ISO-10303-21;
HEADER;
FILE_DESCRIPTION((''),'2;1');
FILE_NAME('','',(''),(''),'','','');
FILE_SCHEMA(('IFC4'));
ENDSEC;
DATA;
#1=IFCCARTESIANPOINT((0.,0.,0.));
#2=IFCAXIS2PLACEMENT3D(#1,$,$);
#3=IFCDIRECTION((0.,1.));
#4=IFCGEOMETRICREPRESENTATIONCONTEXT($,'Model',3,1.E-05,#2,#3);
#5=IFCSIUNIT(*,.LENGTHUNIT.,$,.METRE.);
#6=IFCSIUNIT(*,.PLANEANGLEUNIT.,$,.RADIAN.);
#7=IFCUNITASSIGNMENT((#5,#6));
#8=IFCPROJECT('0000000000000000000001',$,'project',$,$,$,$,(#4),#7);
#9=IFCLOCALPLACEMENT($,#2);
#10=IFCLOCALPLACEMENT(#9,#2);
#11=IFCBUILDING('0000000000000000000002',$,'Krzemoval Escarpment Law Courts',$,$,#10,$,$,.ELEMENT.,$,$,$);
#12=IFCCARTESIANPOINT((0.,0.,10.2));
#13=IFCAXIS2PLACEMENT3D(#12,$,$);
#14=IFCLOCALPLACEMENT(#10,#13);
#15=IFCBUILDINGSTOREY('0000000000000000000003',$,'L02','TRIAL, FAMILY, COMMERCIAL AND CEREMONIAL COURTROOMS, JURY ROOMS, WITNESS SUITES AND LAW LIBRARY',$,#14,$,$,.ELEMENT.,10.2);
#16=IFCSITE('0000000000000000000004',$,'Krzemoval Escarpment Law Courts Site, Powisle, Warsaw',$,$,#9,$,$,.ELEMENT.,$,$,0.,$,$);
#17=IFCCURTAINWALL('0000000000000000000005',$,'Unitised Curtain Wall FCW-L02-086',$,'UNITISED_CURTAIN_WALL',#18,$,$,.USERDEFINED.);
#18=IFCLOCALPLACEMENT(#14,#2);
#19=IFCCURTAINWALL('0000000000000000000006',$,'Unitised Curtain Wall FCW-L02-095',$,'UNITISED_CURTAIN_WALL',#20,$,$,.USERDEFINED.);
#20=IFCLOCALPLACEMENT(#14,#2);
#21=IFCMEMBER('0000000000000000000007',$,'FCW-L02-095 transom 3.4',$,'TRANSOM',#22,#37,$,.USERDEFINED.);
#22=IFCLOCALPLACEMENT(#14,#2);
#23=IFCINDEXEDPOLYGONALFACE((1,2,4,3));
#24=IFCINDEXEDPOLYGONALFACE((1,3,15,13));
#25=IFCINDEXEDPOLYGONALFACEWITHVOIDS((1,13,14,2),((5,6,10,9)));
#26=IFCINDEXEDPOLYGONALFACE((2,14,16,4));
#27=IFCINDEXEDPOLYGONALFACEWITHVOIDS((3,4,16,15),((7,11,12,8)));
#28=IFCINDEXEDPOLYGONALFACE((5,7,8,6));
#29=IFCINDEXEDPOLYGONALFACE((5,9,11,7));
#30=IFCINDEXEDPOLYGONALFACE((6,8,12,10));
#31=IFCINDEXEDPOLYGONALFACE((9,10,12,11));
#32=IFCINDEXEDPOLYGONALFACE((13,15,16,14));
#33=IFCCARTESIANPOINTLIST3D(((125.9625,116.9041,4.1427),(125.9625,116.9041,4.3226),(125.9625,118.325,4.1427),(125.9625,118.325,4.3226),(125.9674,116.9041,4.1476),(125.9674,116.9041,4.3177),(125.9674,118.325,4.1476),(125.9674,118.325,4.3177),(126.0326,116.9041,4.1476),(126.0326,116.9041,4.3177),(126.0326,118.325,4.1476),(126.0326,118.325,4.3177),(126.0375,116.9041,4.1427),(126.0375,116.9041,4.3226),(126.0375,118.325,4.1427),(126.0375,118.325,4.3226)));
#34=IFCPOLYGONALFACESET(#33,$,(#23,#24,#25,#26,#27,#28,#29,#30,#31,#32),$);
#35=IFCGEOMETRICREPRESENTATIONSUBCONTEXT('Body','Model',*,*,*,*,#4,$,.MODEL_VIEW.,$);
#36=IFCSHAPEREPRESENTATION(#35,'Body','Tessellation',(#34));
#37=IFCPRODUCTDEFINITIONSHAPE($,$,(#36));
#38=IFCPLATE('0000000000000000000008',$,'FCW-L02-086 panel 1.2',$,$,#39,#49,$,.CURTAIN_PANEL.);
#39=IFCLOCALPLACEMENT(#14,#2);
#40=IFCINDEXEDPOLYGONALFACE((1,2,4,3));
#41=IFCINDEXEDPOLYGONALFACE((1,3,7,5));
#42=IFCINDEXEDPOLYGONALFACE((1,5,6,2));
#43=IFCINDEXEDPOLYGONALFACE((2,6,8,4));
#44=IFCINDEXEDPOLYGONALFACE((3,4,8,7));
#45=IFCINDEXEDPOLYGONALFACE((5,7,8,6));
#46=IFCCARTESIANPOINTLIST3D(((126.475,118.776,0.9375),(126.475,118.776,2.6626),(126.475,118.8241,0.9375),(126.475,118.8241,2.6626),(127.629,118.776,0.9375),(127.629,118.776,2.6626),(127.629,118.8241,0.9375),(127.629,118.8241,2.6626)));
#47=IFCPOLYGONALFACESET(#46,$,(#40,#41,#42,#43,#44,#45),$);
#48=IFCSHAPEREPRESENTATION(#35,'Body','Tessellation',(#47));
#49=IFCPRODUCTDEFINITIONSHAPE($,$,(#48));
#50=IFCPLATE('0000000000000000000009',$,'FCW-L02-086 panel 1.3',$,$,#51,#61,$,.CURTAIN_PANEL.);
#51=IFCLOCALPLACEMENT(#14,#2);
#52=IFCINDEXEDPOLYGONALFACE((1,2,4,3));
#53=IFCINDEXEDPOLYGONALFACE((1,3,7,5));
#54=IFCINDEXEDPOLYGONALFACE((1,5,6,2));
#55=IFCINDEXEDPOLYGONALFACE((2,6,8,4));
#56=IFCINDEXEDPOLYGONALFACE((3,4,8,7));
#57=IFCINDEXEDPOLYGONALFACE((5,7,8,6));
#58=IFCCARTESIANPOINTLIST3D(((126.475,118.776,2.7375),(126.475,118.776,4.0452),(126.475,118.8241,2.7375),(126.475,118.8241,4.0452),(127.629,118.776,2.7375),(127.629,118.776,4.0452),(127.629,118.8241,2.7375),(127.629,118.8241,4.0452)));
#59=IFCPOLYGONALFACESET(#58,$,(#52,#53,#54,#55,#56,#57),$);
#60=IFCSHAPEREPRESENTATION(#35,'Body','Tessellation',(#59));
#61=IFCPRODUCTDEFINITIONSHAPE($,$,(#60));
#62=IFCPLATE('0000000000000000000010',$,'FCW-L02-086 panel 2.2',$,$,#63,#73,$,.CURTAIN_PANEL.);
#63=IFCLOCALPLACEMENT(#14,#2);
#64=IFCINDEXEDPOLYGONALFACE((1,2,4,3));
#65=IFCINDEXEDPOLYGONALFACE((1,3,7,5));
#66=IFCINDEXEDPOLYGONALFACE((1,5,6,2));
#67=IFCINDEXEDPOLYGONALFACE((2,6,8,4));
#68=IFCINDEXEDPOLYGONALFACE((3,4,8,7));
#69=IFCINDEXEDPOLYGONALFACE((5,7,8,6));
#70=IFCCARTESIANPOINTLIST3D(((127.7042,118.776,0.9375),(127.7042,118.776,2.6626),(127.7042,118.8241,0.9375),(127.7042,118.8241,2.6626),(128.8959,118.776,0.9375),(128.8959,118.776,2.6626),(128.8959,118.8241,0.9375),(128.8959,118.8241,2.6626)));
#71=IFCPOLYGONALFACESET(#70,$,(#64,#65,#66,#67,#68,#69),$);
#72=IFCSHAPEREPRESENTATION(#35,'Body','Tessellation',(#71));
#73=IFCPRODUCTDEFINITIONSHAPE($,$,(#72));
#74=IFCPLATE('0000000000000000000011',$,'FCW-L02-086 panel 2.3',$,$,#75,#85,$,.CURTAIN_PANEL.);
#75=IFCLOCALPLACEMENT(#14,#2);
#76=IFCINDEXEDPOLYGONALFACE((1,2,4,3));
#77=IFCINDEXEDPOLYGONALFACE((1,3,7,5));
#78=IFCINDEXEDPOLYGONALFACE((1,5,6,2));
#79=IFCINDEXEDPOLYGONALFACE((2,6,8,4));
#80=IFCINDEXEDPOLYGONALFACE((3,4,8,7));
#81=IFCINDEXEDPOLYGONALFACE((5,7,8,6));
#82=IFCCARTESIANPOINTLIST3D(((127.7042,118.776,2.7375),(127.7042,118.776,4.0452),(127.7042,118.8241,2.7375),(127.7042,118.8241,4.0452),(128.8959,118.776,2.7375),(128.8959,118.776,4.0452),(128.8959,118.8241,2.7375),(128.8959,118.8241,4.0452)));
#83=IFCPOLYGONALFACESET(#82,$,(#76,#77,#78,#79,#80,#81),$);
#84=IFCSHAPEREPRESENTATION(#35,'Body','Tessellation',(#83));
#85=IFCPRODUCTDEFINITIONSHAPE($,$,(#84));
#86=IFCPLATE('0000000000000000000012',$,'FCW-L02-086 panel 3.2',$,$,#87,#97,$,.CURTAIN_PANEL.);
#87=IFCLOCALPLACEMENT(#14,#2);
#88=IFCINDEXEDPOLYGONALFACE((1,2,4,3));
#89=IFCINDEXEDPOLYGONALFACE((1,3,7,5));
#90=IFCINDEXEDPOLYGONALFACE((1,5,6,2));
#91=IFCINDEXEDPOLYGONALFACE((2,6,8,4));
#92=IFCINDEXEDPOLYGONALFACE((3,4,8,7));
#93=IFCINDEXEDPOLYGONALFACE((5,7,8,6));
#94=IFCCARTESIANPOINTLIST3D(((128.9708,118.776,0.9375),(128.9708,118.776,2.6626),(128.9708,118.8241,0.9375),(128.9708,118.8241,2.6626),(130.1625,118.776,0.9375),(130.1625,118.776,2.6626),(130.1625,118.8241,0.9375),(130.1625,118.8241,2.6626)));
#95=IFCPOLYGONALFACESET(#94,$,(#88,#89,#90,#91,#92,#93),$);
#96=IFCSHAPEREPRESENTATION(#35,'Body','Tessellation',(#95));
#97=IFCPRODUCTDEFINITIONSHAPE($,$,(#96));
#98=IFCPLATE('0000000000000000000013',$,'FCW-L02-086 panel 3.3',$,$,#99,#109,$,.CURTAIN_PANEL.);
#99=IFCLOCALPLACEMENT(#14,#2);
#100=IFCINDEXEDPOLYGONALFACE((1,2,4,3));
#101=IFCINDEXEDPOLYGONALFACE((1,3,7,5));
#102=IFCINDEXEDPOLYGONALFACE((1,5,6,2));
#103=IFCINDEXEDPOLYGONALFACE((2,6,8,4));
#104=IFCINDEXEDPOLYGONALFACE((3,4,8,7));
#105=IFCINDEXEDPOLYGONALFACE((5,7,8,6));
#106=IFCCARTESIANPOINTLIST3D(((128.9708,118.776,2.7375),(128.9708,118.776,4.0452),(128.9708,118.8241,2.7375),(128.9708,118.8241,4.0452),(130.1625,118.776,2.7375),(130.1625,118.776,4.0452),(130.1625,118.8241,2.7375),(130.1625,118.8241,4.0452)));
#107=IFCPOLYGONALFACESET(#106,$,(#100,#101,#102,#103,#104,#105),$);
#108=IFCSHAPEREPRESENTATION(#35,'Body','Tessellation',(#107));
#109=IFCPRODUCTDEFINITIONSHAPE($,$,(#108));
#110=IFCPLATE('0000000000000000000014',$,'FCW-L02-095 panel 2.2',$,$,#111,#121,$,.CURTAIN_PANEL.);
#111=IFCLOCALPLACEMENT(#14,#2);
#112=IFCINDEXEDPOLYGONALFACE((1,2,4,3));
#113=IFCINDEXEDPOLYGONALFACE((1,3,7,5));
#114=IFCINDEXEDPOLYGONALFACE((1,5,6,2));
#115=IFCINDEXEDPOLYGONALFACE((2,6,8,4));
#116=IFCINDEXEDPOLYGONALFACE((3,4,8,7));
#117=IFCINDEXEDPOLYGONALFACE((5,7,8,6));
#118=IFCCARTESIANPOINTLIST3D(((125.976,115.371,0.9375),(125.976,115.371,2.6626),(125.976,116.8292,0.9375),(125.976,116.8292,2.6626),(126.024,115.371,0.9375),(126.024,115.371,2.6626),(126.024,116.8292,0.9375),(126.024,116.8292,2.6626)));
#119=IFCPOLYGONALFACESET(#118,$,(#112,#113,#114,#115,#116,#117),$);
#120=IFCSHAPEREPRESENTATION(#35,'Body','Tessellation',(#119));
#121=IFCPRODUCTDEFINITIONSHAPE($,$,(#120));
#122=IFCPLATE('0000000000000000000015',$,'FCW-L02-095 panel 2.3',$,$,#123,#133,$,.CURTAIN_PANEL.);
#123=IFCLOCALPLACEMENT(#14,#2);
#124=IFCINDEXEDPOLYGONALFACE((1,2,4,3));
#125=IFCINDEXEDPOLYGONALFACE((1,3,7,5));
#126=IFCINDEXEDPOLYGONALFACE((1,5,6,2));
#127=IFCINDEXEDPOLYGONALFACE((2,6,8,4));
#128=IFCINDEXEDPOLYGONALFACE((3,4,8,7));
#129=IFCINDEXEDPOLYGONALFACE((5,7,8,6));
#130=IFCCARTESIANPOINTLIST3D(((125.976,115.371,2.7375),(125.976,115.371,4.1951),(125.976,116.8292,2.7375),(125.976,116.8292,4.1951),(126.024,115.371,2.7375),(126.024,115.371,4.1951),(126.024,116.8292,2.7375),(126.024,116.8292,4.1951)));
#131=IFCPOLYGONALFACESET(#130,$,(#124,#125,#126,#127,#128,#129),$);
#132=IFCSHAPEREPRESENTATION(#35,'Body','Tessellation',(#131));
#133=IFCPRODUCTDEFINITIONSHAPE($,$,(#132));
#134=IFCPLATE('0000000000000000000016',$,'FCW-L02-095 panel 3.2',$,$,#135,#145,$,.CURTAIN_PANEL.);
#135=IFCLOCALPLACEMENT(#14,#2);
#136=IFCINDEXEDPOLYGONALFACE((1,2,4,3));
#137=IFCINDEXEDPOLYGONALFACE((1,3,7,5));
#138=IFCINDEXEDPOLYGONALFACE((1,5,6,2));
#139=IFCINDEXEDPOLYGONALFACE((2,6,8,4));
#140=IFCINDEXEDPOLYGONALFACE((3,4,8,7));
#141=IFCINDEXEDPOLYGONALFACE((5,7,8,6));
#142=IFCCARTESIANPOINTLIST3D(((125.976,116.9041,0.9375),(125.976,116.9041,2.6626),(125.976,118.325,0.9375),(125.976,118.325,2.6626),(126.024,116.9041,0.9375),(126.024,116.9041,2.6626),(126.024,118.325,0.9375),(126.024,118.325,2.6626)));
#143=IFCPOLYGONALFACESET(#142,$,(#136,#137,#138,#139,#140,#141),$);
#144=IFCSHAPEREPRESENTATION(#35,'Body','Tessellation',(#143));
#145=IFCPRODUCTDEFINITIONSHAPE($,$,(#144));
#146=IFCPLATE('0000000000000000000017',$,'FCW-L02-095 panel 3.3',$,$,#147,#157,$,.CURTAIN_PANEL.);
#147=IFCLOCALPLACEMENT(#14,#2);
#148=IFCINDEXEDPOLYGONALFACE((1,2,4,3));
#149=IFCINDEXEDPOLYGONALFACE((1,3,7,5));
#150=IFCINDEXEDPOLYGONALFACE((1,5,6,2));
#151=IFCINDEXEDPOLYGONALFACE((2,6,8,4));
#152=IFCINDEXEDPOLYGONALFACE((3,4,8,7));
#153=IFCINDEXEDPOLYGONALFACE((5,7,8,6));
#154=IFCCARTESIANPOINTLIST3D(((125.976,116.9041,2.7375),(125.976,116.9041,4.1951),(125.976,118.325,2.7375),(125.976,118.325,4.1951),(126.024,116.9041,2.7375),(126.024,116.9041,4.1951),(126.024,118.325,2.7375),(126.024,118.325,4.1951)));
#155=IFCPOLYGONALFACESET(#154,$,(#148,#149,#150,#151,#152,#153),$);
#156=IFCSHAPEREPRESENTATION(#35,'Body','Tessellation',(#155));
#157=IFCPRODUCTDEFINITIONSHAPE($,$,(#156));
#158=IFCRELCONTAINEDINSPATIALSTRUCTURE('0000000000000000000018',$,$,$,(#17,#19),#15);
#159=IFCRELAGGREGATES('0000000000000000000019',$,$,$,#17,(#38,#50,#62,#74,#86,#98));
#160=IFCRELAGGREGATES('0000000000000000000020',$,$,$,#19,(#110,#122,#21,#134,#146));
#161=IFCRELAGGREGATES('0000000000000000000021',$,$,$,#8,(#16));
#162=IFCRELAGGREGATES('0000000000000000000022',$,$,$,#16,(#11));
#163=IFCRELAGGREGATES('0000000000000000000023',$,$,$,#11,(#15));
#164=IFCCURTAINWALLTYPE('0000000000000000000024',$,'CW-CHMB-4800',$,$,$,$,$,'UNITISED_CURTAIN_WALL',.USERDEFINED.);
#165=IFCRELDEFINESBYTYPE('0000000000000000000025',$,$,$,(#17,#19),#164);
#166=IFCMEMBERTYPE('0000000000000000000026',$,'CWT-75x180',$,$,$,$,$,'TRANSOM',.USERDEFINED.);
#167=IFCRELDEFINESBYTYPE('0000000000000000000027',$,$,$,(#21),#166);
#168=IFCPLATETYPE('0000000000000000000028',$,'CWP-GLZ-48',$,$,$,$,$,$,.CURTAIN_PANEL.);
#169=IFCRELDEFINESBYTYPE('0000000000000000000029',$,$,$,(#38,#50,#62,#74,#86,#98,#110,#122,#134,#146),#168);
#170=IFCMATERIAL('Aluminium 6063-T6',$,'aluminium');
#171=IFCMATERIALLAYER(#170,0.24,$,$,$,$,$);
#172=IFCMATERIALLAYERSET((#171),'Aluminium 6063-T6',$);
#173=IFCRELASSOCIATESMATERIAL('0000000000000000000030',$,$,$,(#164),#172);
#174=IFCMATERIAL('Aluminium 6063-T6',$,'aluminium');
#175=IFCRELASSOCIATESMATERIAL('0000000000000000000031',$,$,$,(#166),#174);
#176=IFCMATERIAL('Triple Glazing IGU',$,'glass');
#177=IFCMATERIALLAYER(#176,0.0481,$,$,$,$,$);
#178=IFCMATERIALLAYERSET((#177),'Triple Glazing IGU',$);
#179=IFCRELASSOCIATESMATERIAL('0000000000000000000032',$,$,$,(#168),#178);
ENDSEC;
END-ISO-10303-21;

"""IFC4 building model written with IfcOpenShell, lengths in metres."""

from ifc_helpers import new_model, si_unit, direction, frame, origin, origin_2d, place, context, subcontext, project, spatial, rectangle, hollow_rectangle, extrude, material, layer, layer_set, material_profile, profile_set, type_object, element, aggregate, save


model = new_model("IFC4")

# Units and contexts
model_context = context("Model", 3, precision=1e-05, world=origin(), true_north=direction((0.0, 1.0)))
body_context = subcontext(model_context, "Body", "Model", "MODEL_VIEW")
ifc_project = project(units=[si_unit("LENGTHUNIT", "METRE"), si_unit("PLANEANGLEUNIT", "RADIAN")], contexts=[model_context])

# Site, building, storey
site_placement = place(None, origin())
site = spatial("IfcSite", under=ifc_project, at=site_placement, Name="Krzemoval Escarpment Law Courts Site, Powisle, Warsaw", CompositionType="ELEMENT", RefElevation=0.0)
building_placement = place(site_placement, origin())
building = spatial("IfcBuilding", under=site, at=building_placement, Name="Krzemoval Escarpment Law Courts", CompositionType="ELEMENT")
storey_placement = place(building_placement, frame((0.0, 0.0, 10.2)))
storey = spatial("IfcBuildingStorey", under=building, at=storey_placement, Name="L02", Description="TRIAL, FAMILY, COMMERCIAL AND CEREMONIAL COURTROOMS, JURY ROOMS, WITNESS SUITES AND LAW LIBRARY", CompositionType="ELEMENT", Elevation=10.2)

# Curtain walls, member
ifc_material_1 = material(Name="Aluminium 6063-T6", Category="aluminium")
ifc_layer_1 = layer(ifc_material_1, 0.24)
ifc_layer_set_1 = layer_set([ifc_layer_1], Name="Aluminium 6063-T6")
curtain_wall_type = type_object("IfcCurtainWallType", Name="CW-CHMB-4800", ElementType="UNITISED_CURTAIN_WALL", PredefinedType="USERDEFINED", material=ifc_layer_set_1)
curtain_wall_1_placement = place(storey_placement, origin())
curtain_wall_1 = element("IfcCurtainWall", 1, at=curtain_wall_1_placement, inside=storey, type_object=curtain_wall_type, Name="Unitised Curtain Wall FCW-L02-086", ObjectType="UNITISED_CURTAIN_WALL", PredefinedType="USERDEFINED")
ifc_material_2 = material(Name="Aluminium 6063-T6", Category="aluminium")
ifc_material_profile_1 = material_profile(ifc_material_2, hollow_rectangle(XDim=0.075, YDim=0.1799, WallThickness=0.0049, at=origin_2d()), Name="ALU T75x180")
ifc_profile_set_1 = profile_set([ifc_material_profile_1], Name="Aluminium 6063-T6")
member_type = type_object("IfcMemberType", Name="CWT-75x180", ElementType="TRANSOM", PredefinedType="USERDEFINED", material=ifc_profile_set_1)
curtain_wall_2_placement = place(storey_placement, origin())
curtain_wall_2 = element("IfcCurtainWall", 2, at=curtain_wall_2_placement, inside=storey, type_object=curtain_wall_type, Name="Unitised Curtain Wall FCW-L02-095", ObjectType="UNITISED_CURTAIN_WALL", PredefinedType="USERDEFINED")
member_1_placement = place(storey_placement, frame((126.0, 116.9041, 4.2327), z_axis=(0.0, 1.0, 0.0), x_axis=(-1.0, 0.0, 0.0)))
member_1 = element("IfcMember", 3, at=member_1_placement, type_object=member_type, Name="FCW-L02-095 transom 3.4", ObjectType="TRANSOM", PredefinedType="USERDEFINED", context=body_context, shape_type="SweptSolid", body=[
    extrude(hollow_rectangle(XDim=0.075, YDim=0.1799, WallThickness=0.0049, at=origin_2d()), origin(), (0.0, 0.0, 1.0), 1.4209),
])

# Plates
ifc_material_3 = material(Name="Triple Glazing IGU", Category="glass")
ifc_layer_2 = layer(ifc_material_3, 0.0481)
ifc_layer_set_2 = layer_set([ifc_layer_2], Name="Triple Glazing IGU")
plate_type = type_object("IfcPlateType", Name="CWP-GLZ-48", PredefinedType="CURTAIN_PANEL", material=ifc_layer_set_2)
plate_1_placement = place(storey_placement, frame((127.052, 118.8, 0.9375), z_axis=(0.0, 0.0, 1.0), x_axis=(1.0, 0.0, 0.0)))
plate_1 = element("IfcPlate", 4, at=plate_1_placement, type_object=plate_type, Name="FCW-L02-086 panel 1.2", PredefinedType="CURTAIN_PANEL", context=body_context, shape_type="SweptSolid", body=[
    extrude(rectangle(XDim=1.1541, YDim=0.0481, at=origin_2d()), origin(), (0.0, 0.0, 1.0), 1.7251),
])
plate_2_placement = place(storey_placement, frame((127.052, 118.8, 2.7375), z_axis=(0.0, 0.0, 1.0), x_axis=(1.0, 0.0, 0.0)))
plate_2 = element("IfcPlate", 5, at=plate_2_placement, type_object=plate_type, Name="FCW-L02-086 panel 1.3", PredefinedType="CURTAIN_PANEL", context=body_context, shape_type="SweptSolid", body=[
    extrude(rectangle(XDim=1.1541, YDim=0.0481, at=origin_2d()), origin(), (0.0, 0.0, 1.0), 1.3076),
])
plate_3_placement = place(storey_placement, frame((128.3, 118.8, 0.9375), z_axis=(0.0, 0.0, 1.0), x_axis=(1.0, 0.0, 0.0)))
plate_3 = element("IfcPlate", 6, at=plate_3_placement, type_object=plate_type, Name="FCW-L02-086 panel 2.2", PredefinedType="CURTAIN_PANEL", context=body_context, shape_type="SweptSolid", body=[
    extrude(rectangle(XDim=1.1917, YDim=0.0481, at=origin_2d()), origin(), (0.0, 0.0, 1.0), 1.7251),
])
plate_4_placement = place(storey_placement, frame((128.3, 118.8, 2.7375), z_axis=(0.0, 0.0, 1.0), x_axis=(1.0, 0.0, 0.0)))
plate_4 = element("IfcPlate", 7, at=plate_4_placement, type_object=plate_type, Name="FCW-L02-086 panel 2.3", PredefinedType="CURTAIN_PANEL", context=body_context, shape_type="SweptSolid", body=[
    extrude(rectangle(XDim=1.1917, YDim=0.0481, at=origin_2d()), origin(), (0.0, 0.0, 1.0), 1.3076),
])
plate_5_placement = place(storey_placement, frame((129.5667, 118.8, 0.9375), z_axis=(0.0, 0.0, 1.0), x_axis=(1.0, 0.0, 0.0)))
plate_5 = element("IfcPlate", 8, at=plate_5_placement, type_object=plate_type, Name="FCW-L02-086 panel 3.2", PredefinedType="CURTAIN_PANEL", context=body_context, shape_type="SweptSolid", body=[
    extrude(rectangle(XDim=1.1917, YDim=0.0481, at=origin_2d()), origin(), (0.0, 0.0, 1.0), 1.7251),
])
plate_6_placement = place(storey_placement, frame((129.5667, 118.8, 2.7375), z_axis=(0.0, 0.0, 1.0), x_axis=(1.0, 0.0, 0.0)))
plate_6 = element("IfcPlate", 9, at=plate_6_placement, type_object=plate_type, Name="FCW-L02-086 panel 3.3", PredefinedType="CURTAIN_PANEL", context=body_context, shape_type="SweptSolid", body=[
    extrude(rectangle(XDim=1.1917, YDim=0.0481, at=origin_2d()), origin(), (0.0, 0.0, 1.0), 1.3076),
])
aggregate(curtain_wall_1, [plate_1, plate_2, plate_3, plate_4, plate_5, plate_6])
plate_7_placement = place(storey_placement, frame((126.0, 116.1001, 0.9375), z_axis=(0.0, 0.0, 1.0), x_axis=(0.0, 1.0, 0.0)))
plate_7 = element("IfcPlate", 10, at=plate_7_placement, type_object=plate_type, Name="FCW-L02-095 panel 2.2", PredefinedType="CURTAIN_PANEL", context=body_context, shape_type="SweptSolid", body=[
    extrude(rectangle(XDim=1.4583, YDim=0.0481, at=origin_2d()), origin(), (0.0, 0.0, 1.0), 1.7251),
])
plate_8_placement = place(storey_placement, frame((126.0, 116.1001, 2.7375), z_axis=(0.0, 0.0, 1.0), x_axis=(0.0, 1.0, 0.0)))
plate_8 = element("IfcPlate", 11, at=plate_8_placement, type_object=plate_type, Name="FCW-L02-095 panel 2.3", PredefinedType="CURTAIN_PANEL", context=body_context, shape_type="SweptSolid", body=[
    extrude(rectangle(XDim=1.4583, YDim=0.0481, at=origin_2d()), origin(), (0.0, 0.0, 1.0), 1.4575),
])
plate_9_placement = place(storey_placement, frame((126.0, 117.6145, 0.9375), z_axis=(0.0, 0.0, 1.0), x_axis=(0.0, 1.0, 0.0)))
plate_9 = element("IfcPlate", 12, at=plate_9_placement, type_object=plate_type, Name="FCW-L02-095 panel 3.2", PredefinedType="CURTAIN_PANEL", context=body_context, shape_type="SweptSolid", body=[
    extrude(rectangle(XDim=1.4209, YDim=0.0481, at=origin_2d()), origin(), (0.0, 0.0, 1.0), 1.7251),
])
plate_10_placement = place(storey_placement, frame((126.0, 117.6145, 2.7375), z_axis=(0.0, 0.0, 1.0), x_axis=(0.0, 1.0, 0.0)))
plate_10 = element("IfcPlate", 13, at=plate_10_placement, type_object=plate_type, Name="FCW-L02-095 panel 3.3", PredefinedType="CURTAIN_PANEL", context=body_context, shape_type="SweptSolid", body=[
    extrude(rectangle(XDim=1.4209, YDim=0.0481, at=origin_2d()), origin(), (0.0, 0.0, 1.0), 1.4575),
])
aggregate(curtain_wall_2, [plate_7, plate_8, member_1, plate_9, plate_10])

save(model, "model.ifc")
